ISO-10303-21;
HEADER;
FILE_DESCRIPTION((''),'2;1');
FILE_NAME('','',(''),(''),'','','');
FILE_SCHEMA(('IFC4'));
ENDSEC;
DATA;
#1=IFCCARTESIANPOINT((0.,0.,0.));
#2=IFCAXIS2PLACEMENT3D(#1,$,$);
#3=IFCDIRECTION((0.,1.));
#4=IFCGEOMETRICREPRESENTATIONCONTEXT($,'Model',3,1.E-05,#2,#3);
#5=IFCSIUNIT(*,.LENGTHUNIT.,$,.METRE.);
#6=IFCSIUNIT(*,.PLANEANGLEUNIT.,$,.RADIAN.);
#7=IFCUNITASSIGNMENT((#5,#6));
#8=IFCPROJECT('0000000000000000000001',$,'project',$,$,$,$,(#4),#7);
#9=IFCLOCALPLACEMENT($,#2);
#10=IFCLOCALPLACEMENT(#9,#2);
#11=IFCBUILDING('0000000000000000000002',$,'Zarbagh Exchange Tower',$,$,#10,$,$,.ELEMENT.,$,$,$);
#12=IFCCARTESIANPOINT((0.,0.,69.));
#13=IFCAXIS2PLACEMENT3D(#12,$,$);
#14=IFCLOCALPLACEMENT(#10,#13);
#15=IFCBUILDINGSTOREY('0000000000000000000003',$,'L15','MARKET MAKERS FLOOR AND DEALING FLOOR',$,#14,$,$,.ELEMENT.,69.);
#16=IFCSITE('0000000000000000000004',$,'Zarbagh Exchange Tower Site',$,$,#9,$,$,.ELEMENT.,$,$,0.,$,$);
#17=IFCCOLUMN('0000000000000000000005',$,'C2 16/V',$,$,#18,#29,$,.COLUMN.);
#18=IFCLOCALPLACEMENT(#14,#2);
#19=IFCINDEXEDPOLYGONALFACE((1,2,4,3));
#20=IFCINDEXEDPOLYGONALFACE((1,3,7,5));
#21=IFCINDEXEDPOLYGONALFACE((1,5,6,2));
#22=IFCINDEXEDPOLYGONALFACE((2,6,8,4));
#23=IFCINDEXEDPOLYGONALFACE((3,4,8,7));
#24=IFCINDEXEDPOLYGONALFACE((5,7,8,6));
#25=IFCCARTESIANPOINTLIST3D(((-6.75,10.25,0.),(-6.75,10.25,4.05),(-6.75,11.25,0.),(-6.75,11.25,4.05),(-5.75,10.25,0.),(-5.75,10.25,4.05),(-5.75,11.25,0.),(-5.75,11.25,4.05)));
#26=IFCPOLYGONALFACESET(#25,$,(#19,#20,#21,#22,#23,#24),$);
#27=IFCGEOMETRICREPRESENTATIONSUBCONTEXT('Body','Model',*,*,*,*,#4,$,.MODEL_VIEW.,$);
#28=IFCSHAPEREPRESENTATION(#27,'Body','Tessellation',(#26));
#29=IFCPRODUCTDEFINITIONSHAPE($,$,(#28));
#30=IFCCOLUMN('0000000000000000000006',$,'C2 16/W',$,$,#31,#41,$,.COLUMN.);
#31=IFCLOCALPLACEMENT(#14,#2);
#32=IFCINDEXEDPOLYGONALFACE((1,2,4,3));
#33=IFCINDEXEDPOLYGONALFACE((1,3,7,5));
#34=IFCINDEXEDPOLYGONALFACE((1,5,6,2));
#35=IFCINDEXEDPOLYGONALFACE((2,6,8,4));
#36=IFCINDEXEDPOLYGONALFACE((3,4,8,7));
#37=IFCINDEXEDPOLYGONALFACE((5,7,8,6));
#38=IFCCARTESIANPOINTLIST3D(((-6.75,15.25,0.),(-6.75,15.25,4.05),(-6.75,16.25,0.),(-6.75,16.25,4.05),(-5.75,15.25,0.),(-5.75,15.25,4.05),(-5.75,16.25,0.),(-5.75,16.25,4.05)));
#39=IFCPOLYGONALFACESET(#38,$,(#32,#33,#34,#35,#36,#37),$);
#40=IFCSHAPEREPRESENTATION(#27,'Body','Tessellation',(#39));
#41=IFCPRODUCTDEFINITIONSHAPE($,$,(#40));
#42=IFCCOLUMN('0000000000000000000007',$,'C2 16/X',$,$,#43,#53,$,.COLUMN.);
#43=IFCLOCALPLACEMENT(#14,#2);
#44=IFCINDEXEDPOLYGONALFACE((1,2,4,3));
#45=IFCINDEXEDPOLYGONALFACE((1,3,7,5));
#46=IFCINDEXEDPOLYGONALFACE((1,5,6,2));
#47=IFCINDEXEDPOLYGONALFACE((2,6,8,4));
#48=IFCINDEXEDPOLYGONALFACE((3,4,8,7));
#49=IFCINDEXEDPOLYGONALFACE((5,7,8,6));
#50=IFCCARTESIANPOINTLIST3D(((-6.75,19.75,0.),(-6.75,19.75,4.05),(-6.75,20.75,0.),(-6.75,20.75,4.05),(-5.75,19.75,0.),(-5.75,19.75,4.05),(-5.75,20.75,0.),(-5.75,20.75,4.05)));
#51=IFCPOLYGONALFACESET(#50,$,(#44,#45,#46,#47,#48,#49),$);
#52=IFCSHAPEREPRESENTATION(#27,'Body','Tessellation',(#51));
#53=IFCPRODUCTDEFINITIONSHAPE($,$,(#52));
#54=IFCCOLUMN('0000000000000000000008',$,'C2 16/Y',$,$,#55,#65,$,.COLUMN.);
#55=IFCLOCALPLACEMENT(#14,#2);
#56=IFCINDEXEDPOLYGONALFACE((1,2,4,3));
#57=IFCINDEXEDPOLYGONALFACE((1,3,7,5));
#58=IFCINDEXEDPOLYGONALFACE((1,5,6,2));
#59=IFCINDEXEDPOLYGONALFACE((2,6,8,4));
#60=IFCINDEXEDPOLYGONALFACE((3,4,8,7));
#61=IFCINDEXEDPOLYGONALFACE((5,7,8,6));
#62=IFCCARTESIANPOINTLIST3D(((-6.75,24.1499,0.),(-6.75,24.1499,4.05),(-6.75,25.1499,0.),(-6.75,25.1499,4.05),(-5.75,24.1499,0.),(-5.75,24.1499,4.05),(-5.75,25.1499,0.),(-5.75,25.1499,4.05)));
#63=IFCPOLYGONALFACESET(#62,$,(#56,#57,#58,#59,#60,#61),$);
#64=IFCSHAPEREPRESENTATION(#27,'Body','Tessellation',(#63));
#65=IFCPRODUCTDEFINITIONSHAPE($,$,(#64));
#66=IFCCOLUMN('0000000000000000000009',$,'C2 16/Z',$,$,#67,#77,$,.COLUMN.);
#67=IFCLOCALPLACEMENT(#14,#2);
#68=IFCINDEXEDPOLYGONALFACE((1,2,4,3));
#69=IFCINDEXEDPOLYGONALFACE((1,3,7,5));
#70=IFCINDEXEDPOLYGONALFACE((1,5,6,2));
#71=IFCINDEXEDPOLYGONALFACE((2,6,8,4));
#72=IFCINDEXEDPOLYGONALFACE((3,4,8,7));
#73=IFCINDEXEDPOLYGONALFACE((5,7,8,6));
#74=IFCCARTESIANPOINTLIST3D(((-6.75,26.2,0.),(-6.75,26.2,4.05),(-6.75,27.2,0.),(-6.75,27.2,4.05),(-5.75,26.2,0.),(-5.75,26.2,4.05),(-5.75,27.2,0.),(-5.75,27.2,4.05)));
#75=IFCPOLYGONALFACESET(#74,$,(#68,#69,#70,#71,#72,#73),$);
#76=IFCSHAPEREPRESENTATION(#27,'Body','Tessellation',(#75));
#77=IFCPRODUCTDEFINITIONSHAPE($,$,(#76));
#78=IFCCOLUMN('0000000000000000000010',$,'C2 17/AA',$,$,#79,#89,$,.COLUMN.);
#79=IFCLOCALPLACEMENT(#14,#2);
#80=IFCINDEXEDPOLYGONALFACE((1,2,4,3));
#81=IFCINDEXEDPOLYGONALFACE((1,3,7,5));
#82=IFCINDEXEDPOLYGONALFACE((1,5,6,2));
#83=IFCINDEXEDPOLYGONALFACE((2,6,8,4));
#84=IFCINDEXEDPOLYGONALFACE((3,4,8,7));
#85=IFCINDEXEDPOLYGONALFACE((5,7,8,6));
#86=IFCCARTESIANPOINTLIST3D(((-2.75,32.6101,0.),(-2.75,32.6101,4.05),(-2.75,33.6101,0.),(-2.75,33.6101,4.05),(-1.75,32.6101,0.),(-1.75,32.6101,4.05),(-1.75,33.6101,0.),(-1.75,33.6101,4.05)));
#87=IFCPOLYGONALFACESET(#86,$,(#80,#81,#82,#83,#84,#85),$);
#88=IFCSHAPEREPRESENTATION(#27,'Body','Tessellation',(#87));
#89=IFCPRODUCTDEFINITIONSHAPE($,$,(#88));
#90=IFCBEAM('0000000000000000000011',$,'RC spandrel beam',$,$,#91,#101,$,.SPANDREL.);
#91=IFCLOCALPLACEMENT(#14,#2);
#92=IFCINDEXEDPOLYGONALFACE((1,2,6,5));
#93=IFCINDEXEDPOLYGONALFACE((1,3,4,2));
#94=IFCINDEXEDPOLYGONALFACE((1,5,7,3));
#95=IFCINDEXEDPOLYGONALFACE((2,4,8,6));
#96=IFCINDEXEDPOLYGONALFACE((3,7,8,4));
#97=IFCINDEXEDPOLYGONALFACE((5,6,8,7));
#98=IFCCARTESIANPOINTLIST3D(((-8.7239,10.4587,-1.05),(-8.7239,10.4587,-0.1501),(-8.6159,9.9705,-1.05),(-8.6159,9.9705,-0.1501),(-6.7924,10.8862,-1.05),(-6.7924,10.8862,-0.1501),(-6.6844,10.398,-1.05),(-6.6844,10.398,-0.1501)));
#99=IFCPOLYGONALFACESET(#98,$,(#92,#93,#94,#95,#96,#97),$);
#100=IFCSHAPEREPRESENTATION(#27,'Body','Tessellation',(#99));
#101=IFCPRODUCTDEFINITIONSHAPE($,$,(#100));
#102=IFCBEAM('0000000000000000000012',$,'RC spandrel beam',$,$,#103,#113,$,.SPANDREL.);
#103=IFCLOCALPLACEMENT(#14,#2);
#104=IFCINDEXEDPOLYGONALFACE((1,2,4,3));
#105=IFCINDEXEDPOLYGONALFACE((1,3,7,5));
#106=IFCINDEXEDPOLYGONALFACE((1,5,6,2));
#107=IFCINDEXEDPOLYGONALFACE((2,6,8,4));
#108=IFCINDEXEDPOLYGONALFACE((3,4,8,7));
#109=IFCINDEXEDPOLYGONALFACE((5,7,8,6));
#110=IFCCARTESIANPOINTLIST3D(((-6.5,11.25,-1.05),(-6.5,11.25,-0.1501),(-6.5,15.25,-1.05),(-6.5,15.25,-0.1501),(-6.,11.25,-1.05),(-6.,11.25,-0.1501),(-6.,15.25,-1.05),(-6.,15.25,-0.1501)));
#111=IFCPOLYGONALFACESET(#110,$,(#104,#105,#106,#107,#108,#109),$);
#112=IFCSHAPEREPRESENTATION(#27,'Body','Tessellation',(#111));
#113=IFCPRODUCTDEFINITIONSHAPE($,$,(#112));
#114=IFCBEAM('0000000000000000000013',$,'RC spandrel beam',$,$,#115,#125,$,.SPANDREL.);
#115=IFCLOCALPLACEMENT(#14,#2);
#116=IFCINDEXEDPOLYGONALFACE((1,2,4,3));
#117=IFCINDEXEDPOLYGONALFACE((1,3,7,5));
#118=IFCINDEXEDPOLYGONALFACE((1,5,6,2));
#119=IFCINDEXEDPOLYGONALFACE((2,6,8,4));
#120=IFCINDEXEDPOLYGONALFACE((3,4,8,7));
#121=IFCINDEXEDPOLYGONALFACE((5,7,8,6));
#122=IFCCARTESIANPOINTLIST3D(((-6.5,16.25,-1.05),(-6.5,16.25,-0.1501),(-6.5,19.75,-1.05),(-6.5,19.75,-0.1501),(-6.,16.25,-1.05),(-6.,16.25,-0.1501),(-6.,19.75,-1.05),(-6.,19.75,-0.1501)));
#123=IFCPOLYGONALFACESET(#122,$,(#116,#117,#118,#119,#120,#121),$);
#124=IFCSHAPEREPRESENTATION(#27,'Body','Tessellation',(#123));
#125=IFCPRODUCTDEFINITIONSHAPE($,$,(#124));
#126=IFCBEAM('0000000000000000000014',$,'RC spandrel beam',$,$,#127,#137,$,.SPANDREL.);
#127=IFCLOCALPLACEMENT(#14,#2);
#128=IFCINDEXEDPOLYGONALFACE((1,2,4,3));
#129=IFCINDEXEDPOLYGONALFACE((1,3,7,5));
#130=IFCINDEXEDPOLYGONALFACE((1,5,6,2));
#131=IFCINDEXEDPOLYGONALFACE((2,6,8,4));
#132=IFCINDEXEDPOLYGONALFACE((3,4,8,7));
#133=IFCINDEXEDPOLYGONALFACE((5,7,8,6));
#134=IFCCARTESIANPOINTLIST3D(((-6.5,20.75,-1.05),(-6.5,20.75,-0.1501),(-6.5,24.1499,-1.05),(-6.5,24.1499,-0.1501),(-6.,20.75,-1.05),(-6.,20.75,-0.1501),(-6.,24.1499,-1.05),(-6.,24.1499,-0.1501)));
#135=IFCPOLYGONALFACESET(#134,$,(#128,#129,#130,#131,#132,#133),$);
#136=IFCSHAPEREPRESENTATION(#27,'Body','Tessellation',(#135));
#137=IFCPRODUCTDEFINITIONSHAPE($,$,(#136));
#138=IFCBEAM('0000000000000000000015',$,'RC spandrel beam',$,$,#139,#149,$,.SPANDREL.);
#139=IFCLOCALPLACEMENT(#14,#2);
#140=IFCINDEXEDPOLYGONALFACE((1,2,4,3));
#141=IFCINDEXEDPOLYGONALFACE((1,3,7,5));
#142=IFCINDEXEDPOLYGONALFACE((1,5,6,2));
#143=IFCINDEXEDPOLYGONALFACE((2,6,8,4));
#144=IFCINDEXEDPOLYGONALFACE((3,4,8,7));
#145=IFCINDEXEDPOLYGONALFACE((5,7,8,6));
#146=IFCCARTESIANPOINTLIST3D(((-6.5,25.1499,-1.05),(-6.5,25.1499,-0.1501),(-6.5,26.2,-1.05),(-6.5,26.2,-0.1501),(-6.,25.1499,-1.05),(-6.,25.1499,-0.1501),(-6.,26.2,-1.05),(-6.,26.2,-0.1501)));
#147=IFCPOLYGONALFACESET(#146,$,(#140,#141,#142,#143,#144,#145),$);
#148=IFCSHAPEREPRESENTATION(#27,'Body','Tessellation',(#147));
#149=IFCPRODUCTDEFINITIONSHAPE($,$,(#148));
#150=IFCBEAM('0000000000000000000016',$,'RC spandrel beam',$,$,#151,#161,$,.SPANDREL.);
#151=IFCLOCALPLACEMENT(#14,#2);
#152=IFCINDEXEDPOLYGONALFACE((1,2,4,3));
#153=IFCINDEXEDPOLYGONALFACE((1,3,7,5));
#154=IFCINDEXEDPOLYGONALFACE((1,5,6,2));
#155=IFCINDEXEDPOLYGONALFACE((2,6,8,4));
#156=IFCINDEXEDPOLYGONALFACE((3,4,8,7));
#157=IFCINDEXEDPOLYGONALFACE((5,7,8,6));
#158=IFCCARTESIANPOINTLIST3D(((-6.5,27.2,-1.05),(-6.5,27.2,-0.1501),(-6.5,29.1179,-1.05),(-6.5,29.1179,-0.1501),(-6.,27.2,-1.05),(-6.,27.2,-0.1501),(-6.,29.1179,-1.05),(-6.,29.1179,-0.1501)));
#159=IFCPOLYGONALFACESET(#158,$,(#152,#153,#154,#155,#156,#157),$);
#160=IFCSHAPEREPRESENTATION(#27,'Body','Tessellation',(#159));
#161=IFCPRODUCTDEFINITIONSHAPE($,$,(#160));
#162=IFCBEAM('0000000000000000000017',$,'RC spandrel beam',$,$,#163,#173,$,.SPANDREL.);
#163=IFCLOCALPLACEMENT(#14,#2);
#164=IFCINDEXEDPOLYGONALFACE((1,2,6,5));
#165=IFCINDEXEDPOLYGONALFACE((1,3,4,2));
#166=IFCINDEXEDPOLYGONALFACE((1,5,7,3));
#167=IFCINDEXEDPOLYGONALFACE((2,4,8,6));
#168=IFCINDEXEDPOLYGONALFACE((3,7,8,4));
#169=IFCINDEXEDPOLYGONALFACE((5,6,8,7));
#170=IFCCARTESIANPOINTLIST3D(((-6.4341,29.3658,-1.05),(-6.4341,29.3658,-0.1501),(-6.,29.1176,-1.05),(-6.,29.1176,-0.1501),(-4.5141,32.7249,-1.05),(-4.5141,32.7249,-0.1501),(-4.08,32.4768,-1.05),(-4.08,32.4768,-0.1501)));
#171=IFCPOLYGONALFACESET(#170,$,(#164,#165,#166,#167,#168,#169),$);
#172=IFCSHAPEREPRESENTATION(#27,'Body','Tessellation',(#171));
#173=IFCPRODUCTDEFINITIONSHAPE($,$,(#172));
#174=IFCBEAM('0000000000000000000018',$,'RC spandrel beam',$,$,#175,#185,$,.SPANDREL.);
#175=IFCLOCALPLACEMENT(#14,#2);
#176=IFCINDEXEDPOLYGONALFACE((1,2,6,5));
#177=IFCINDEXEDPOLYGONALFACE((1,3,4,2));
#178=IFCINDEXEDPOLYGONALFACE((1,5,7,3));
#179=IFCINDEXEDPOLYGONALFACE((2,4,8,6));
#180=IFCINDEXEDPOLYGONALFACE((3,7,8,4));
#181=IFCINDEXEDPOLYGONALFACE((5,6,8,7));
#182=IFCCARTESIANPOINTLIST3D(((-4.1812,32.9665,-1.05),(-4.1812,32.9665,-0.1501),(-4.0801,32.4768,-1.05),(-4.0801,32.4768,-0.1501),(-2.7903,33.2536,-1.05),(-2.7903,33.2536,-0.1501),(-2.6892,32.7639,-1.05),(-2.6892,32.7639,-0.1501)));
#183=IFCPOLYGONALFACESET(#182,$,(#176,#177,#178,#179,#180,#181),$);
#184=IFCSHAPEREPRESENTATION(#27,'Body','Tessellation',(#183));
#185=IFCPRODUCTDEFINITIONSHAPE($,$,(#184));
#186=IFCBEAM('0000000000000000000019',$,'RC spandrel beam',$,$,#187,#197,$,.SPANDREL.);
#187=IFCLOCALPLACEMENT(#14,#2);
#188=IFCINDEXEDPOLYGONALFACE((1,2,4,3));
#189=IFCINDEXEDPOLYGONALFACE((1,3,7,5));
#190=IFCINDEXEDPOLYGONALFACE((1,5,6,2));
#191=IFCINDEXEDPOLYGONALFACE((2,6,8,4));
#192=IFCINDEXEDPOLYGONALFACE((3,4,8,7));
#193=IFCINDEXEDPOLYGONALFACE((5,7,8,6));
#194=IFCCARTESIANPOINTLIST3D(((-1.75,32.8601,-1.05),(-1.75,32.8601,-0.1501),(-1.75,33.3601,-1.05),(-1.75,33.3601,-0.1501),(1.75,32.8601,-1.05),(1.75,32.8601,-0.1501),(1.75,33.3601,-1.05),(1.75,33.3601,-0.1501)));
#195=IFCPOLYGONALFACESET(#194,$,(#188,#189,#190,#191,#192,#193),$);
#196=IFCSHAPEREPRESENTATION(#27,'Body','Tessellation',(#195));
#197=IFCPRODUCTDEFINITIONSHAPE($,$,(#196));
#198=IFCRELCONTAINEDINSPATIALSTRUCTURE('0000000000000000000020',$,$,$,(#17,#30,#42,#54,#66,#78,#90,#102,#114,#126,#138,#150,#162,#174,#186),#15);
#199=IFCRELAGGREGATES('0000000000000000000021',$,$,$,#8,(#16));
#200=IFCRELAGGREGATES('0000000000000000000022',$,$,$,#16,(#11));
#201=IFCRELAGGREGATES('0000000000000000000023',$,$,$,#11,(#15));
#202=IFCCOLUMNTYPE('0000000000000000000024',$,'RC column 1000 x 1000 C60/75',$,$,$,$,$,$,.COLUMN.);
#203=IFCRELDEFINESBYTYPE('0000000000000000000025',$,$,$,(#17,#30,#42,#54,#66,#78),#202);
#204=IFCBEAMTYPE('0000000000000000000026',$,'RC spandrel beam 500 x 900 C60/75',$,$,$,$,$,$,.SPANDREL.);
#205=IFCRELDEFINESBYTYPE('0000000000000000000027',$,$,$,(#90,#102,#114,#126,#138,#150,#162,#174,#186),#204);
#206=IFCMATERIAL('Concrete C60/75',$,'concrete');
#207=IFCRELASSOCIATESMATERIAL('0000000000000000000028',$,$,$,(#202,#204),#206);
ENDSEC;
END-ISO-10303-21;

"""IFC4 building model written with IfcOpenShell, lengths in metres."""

from ifc_helpers import new_model, si_unit, direction, frame, origin, origin_2d, place, context, subcontext, project, spatial, rectangle, extrude, material, material_profile, profile_set, type_object, element, save


model = new_model("IFC4")

# Units and contexts
model_context = context("Model", 3, precision=1e-05, world=origin(), true_north=direction((0.0, 1.0)))
body_context = subcontext(model_context, "Body", "Model", "MODEL_VIEW")
ifc_project = project(units=[si_unit("LENGTHUNIT", "METRE"), si_unit("PLANEANGLEUNIT", "RADIAN")], contexts=[model_context])

# Site, building, storey
site_placement = place(None, origin())
site = spatial("IfcSite", under=ifc_project, at=site_placement, Name="Zarbagh Exchange Tower Site", CompositionType="ELEMENT", RefElevation=0.0)
building_placement = place(site_placement, origin())
building = spatial("IfcBuilding", under=site, at=building_placement, Name="Zarbagh Exchange Tower", CompositionType="ELEMENT")
storey_placement = place(building_placement, frame((0.0, 0.0, 69.0)))
storey = spatial("IfcBuildingStorey", under=building, at=storey_placement, Name="L15", Description="MARKET MAKERS FLOOR AND DEALING FLOOR", CompositionType="ELEMENT", Elevation=69.0)

# Columns
ifc_material_1 = material(Name="Concrete C60/75", Category="concrete")
ifc_material_profile_1 = material_profile(ifc_material_1, rectangle(XDim=1.0, YDim=1.0, at=origin_2d()), Name="RC column 1000 x 1000 C60/75")
ifc_profile_set_1 = profile_set([ifc_material_profile_1], Name="Concrete C60/75")
column_type = type_object("IfcColumnType", Name="RC column 1000 x 1000 C60/75", PredefinedType="COLUMN", material=ifc_profile_set_1)
for number, where, z_axis, x_axis, name in (
    (1, (-6.25, 10.75, 0.0), (0.0, 0.0, 1.0), (1.0, 0.0, 0.0), "C2 16/V"),
    (2, (-6.25, 15.75, 0.0), (0.0, 0.0, 1.0), (1.0, 0.0, 0.0), "C2 16/W"),
    (3, (-6.25, 20.25, 0.0), (0.0, 0.0, 1.0), (1.0, 0.0, 0.0), "C2 16/X"),
    (4, (-6.25, 24.6499, 0.0), (0.0, 0.0, 1.0), (1.0, 0.0, 0.0), "C2 16/Y"),
    (5, (-6.25, 26.7, 0.0), (0.0, 0.0, 1.0), (1.0, 0.0, 0.0), "C2 16/Z"),
    (6, (-2.25, 33.1101, 0.0), (0.0, 0.0, 1.0), (1.0, 0.0, 0.0), "C2 17/AA"),
):
    element("IfcColumn", number, at=place(storey_placement, frame(where, z_axis=z_axis, x_axis=x_axis)), inside=storey, type_object=column_type, Name=name, PredefinedType="COLUMN", context=body_context, shape_type="SweptSolid", body=[
        extrude(rectangle(XDim=1.0, YDim=1.0, at=origin_2d()), origin(), (0.0, 0.0, 1.0), 4.05),
    ])

# Beams
ifc_material_profile_2 = material_profile(ifc_material_1, rectangle(XDim=0.5, YDim=0.8999, at=origin_2d()), Name="RC spandrel beam 500 x 900 C60/75")
ifc_profile_set_2 = profile_set([ifc_material_profile_2], Name="Concrete C60/75")
beam_type = type_object("IfcBeamType", Name="RC spandrel beam 500 x 900 C60/75", PredefinedType="SPANDREL", material=ifc_profile_set_2)
beam_1_placement = place(storey_placement, frame((-8.6699, 10.2146, -0.6001), z_axis=(0.976375, 0.216081, 0.0), x_axis=(-0.216081, 0.976375, 0.0)))
element("IfcBeam", 7, at=beam_1_placement, inside=storey, type_object=beam_type, Name="RC spandrel beam", PredefinedType="SPANDREL", context=body_context, shape_type="SweptSolid", body=[
    extrude(rectangle(XDim=0.5, YDim=0.8999, at=origin_2d()), origin(), (0.0, 0.0, 1.0), 1.9783),
])
beam_2_placement = place(storey_placement, frame((-6.25, 11.25, -0.6001), z_axis=(0.0, 1.0, 0.0), x_axis=(-1.0, 0.0, 0.0)))
element("IfcBeam", 8, at=beam_2_placement, inside=storey, type_object=beam_type, Name="RC spandrel beam", PredefinedType="SPANDREL", context=body_context, shape_type="SweptSolid", body=[
    extrude(rectangle(XDim=0.5, YDim=0.8999, at=origin_2d()), origin(), (0.0, 0.0, 1.0), 4.0),
])
beam_3_placement = place(storey_placement, frame((-6.25, 16.25, -0.6001), z_axis=(0.0, 1.0, 0.0), x_axis=(-1.0, 0.0, 0.0)))
element("IfcBeam", 9, at=beam_3_placement, inside=storey, type_object=beam_type, Name="RC spandrel beam", PredefinedType="SPANDREL", context=body_context, shape_type="SweptSolid", body=[
    extrude(rectangle(XDim=0.5, YDim=0.8999, at=origin_2d()), origin(), (0.0, 0.0, 1.0), 3.5),
])
beam_4_placement = place(storey_placement, frame((-6.25, 20.75, -0.6001), z_axis=(0.0, 1.0, 0.0), x_axis=(-1.0, 0.0, 0.0)))
element("IfcBeam", 10, at=beam_4_placement, inside=storey, type_object=beam_type, Name="RC spandrel beam", PredefinedType="SPANDREL", context=body_context, shape_type="SweptSolid", body=[
    extrude(rectangle(XDim=0.5, YDim=0.8999, at=origin_2d()), origin(), (0.0, 0.0, 1.0), 3.3999),
])
beam_5_placement = place(storey_placement, frame((-6.25, 25.1499, -0.6001), z_axis=(0.0, 1.0, 0.0), x_axis=(-1.0, 0.0, 0.0)))
element("IfcBeam", 11, at=beam_5_placement, inside=storey, type_object=beam_type, Name="RC spandrel beam", PredefinedType="SPANDREL", context=body_context, shape_type="SweptSolid", body=[
    extrude(rectangle(XDim=0.5, YDim=0.8999, at=origin_2d()), origin(), (0.0, 0.0, 1.0), 1.05),
])
beam_6_placement = place(storey_placement, frame((-6.25, 27.2, -0.6001), z_axis=(0.0, 1.0, 0.0), x_axis=(-1.0, 0.0, 0.0)))
element("IfcBeam", 12, at=beam_6_placement, inside=storey, type_object=beam_type, Name="RC spandrel beam", PredefinedType="SPANDREL", context=body_context, shape_type="SweptSolid", body=[
    extrude(rectangle(XDim=0.5, YDim=0.8999, at=origin_2d()), origin(), (0.0, 0.0, 1.0), 1.918),
])
beam_7_placement = place(storey_placement, frame((-6.217, 29.2417, -0.6001), z_axis=(0.49622, 0.868197, 0.0), x_axis=(-0.868197, 0.49622, 0.0)))
element("IfcBeam", 13, at=beam_7_placement, inside=storey, type_object=beam_type, Name="RC spandrel beam", PredefinedType="SPANDREL", context=body_context, shape_type="SweptSolid", body=[
    extrude(rectangle(XDim=0.5, YDim=0.8999, at=origin_2d()), origin(), (0.0, 0.0, 1.0), 3.8691),
])
beam_8_placement = place(storey_placement, frame((-4.1306, 32.7217, -0.6001), z_axis=(0.979352, 0.202162, 0.0), x_axis=(-0.202162, 0.979352, 0.0)))
element("IfcBeam", 14, at=beam_8_placement, inside=storey, type_object=beam_type, Name="RC spandrel beam", PredefinedType="SPANDREL", context=body_context, shape_type="SweptSolid", body=[
    extrude(rectangle(XDim=0.5, YDim=0.8999, at=origin_2d()), origin(), (0.0, 0.0, 1.0), 1.4202),
])
beam_9_placement = place(storey_placement, frame((-1.75, 33.1101, -0.6001), z_axis=(1.0, 0.0, 0.0), x_axis=(0.0, 1.0, 0.0)))
element("IfcBeam", 15, at=beam_9_placement, inside=storey, type_object=beam_type, Name="RC spandrel beam", PredefinedType="SPANDREL", context=body_context, shape_type="SweptSolid", body=[
    extrude(rectangle(XDim=0.5, YDim=0.8999, at=origin_2d()), origin(), (0.0, 0.0, 1.0), 3.5),
])

save(model, "model.ifc")
